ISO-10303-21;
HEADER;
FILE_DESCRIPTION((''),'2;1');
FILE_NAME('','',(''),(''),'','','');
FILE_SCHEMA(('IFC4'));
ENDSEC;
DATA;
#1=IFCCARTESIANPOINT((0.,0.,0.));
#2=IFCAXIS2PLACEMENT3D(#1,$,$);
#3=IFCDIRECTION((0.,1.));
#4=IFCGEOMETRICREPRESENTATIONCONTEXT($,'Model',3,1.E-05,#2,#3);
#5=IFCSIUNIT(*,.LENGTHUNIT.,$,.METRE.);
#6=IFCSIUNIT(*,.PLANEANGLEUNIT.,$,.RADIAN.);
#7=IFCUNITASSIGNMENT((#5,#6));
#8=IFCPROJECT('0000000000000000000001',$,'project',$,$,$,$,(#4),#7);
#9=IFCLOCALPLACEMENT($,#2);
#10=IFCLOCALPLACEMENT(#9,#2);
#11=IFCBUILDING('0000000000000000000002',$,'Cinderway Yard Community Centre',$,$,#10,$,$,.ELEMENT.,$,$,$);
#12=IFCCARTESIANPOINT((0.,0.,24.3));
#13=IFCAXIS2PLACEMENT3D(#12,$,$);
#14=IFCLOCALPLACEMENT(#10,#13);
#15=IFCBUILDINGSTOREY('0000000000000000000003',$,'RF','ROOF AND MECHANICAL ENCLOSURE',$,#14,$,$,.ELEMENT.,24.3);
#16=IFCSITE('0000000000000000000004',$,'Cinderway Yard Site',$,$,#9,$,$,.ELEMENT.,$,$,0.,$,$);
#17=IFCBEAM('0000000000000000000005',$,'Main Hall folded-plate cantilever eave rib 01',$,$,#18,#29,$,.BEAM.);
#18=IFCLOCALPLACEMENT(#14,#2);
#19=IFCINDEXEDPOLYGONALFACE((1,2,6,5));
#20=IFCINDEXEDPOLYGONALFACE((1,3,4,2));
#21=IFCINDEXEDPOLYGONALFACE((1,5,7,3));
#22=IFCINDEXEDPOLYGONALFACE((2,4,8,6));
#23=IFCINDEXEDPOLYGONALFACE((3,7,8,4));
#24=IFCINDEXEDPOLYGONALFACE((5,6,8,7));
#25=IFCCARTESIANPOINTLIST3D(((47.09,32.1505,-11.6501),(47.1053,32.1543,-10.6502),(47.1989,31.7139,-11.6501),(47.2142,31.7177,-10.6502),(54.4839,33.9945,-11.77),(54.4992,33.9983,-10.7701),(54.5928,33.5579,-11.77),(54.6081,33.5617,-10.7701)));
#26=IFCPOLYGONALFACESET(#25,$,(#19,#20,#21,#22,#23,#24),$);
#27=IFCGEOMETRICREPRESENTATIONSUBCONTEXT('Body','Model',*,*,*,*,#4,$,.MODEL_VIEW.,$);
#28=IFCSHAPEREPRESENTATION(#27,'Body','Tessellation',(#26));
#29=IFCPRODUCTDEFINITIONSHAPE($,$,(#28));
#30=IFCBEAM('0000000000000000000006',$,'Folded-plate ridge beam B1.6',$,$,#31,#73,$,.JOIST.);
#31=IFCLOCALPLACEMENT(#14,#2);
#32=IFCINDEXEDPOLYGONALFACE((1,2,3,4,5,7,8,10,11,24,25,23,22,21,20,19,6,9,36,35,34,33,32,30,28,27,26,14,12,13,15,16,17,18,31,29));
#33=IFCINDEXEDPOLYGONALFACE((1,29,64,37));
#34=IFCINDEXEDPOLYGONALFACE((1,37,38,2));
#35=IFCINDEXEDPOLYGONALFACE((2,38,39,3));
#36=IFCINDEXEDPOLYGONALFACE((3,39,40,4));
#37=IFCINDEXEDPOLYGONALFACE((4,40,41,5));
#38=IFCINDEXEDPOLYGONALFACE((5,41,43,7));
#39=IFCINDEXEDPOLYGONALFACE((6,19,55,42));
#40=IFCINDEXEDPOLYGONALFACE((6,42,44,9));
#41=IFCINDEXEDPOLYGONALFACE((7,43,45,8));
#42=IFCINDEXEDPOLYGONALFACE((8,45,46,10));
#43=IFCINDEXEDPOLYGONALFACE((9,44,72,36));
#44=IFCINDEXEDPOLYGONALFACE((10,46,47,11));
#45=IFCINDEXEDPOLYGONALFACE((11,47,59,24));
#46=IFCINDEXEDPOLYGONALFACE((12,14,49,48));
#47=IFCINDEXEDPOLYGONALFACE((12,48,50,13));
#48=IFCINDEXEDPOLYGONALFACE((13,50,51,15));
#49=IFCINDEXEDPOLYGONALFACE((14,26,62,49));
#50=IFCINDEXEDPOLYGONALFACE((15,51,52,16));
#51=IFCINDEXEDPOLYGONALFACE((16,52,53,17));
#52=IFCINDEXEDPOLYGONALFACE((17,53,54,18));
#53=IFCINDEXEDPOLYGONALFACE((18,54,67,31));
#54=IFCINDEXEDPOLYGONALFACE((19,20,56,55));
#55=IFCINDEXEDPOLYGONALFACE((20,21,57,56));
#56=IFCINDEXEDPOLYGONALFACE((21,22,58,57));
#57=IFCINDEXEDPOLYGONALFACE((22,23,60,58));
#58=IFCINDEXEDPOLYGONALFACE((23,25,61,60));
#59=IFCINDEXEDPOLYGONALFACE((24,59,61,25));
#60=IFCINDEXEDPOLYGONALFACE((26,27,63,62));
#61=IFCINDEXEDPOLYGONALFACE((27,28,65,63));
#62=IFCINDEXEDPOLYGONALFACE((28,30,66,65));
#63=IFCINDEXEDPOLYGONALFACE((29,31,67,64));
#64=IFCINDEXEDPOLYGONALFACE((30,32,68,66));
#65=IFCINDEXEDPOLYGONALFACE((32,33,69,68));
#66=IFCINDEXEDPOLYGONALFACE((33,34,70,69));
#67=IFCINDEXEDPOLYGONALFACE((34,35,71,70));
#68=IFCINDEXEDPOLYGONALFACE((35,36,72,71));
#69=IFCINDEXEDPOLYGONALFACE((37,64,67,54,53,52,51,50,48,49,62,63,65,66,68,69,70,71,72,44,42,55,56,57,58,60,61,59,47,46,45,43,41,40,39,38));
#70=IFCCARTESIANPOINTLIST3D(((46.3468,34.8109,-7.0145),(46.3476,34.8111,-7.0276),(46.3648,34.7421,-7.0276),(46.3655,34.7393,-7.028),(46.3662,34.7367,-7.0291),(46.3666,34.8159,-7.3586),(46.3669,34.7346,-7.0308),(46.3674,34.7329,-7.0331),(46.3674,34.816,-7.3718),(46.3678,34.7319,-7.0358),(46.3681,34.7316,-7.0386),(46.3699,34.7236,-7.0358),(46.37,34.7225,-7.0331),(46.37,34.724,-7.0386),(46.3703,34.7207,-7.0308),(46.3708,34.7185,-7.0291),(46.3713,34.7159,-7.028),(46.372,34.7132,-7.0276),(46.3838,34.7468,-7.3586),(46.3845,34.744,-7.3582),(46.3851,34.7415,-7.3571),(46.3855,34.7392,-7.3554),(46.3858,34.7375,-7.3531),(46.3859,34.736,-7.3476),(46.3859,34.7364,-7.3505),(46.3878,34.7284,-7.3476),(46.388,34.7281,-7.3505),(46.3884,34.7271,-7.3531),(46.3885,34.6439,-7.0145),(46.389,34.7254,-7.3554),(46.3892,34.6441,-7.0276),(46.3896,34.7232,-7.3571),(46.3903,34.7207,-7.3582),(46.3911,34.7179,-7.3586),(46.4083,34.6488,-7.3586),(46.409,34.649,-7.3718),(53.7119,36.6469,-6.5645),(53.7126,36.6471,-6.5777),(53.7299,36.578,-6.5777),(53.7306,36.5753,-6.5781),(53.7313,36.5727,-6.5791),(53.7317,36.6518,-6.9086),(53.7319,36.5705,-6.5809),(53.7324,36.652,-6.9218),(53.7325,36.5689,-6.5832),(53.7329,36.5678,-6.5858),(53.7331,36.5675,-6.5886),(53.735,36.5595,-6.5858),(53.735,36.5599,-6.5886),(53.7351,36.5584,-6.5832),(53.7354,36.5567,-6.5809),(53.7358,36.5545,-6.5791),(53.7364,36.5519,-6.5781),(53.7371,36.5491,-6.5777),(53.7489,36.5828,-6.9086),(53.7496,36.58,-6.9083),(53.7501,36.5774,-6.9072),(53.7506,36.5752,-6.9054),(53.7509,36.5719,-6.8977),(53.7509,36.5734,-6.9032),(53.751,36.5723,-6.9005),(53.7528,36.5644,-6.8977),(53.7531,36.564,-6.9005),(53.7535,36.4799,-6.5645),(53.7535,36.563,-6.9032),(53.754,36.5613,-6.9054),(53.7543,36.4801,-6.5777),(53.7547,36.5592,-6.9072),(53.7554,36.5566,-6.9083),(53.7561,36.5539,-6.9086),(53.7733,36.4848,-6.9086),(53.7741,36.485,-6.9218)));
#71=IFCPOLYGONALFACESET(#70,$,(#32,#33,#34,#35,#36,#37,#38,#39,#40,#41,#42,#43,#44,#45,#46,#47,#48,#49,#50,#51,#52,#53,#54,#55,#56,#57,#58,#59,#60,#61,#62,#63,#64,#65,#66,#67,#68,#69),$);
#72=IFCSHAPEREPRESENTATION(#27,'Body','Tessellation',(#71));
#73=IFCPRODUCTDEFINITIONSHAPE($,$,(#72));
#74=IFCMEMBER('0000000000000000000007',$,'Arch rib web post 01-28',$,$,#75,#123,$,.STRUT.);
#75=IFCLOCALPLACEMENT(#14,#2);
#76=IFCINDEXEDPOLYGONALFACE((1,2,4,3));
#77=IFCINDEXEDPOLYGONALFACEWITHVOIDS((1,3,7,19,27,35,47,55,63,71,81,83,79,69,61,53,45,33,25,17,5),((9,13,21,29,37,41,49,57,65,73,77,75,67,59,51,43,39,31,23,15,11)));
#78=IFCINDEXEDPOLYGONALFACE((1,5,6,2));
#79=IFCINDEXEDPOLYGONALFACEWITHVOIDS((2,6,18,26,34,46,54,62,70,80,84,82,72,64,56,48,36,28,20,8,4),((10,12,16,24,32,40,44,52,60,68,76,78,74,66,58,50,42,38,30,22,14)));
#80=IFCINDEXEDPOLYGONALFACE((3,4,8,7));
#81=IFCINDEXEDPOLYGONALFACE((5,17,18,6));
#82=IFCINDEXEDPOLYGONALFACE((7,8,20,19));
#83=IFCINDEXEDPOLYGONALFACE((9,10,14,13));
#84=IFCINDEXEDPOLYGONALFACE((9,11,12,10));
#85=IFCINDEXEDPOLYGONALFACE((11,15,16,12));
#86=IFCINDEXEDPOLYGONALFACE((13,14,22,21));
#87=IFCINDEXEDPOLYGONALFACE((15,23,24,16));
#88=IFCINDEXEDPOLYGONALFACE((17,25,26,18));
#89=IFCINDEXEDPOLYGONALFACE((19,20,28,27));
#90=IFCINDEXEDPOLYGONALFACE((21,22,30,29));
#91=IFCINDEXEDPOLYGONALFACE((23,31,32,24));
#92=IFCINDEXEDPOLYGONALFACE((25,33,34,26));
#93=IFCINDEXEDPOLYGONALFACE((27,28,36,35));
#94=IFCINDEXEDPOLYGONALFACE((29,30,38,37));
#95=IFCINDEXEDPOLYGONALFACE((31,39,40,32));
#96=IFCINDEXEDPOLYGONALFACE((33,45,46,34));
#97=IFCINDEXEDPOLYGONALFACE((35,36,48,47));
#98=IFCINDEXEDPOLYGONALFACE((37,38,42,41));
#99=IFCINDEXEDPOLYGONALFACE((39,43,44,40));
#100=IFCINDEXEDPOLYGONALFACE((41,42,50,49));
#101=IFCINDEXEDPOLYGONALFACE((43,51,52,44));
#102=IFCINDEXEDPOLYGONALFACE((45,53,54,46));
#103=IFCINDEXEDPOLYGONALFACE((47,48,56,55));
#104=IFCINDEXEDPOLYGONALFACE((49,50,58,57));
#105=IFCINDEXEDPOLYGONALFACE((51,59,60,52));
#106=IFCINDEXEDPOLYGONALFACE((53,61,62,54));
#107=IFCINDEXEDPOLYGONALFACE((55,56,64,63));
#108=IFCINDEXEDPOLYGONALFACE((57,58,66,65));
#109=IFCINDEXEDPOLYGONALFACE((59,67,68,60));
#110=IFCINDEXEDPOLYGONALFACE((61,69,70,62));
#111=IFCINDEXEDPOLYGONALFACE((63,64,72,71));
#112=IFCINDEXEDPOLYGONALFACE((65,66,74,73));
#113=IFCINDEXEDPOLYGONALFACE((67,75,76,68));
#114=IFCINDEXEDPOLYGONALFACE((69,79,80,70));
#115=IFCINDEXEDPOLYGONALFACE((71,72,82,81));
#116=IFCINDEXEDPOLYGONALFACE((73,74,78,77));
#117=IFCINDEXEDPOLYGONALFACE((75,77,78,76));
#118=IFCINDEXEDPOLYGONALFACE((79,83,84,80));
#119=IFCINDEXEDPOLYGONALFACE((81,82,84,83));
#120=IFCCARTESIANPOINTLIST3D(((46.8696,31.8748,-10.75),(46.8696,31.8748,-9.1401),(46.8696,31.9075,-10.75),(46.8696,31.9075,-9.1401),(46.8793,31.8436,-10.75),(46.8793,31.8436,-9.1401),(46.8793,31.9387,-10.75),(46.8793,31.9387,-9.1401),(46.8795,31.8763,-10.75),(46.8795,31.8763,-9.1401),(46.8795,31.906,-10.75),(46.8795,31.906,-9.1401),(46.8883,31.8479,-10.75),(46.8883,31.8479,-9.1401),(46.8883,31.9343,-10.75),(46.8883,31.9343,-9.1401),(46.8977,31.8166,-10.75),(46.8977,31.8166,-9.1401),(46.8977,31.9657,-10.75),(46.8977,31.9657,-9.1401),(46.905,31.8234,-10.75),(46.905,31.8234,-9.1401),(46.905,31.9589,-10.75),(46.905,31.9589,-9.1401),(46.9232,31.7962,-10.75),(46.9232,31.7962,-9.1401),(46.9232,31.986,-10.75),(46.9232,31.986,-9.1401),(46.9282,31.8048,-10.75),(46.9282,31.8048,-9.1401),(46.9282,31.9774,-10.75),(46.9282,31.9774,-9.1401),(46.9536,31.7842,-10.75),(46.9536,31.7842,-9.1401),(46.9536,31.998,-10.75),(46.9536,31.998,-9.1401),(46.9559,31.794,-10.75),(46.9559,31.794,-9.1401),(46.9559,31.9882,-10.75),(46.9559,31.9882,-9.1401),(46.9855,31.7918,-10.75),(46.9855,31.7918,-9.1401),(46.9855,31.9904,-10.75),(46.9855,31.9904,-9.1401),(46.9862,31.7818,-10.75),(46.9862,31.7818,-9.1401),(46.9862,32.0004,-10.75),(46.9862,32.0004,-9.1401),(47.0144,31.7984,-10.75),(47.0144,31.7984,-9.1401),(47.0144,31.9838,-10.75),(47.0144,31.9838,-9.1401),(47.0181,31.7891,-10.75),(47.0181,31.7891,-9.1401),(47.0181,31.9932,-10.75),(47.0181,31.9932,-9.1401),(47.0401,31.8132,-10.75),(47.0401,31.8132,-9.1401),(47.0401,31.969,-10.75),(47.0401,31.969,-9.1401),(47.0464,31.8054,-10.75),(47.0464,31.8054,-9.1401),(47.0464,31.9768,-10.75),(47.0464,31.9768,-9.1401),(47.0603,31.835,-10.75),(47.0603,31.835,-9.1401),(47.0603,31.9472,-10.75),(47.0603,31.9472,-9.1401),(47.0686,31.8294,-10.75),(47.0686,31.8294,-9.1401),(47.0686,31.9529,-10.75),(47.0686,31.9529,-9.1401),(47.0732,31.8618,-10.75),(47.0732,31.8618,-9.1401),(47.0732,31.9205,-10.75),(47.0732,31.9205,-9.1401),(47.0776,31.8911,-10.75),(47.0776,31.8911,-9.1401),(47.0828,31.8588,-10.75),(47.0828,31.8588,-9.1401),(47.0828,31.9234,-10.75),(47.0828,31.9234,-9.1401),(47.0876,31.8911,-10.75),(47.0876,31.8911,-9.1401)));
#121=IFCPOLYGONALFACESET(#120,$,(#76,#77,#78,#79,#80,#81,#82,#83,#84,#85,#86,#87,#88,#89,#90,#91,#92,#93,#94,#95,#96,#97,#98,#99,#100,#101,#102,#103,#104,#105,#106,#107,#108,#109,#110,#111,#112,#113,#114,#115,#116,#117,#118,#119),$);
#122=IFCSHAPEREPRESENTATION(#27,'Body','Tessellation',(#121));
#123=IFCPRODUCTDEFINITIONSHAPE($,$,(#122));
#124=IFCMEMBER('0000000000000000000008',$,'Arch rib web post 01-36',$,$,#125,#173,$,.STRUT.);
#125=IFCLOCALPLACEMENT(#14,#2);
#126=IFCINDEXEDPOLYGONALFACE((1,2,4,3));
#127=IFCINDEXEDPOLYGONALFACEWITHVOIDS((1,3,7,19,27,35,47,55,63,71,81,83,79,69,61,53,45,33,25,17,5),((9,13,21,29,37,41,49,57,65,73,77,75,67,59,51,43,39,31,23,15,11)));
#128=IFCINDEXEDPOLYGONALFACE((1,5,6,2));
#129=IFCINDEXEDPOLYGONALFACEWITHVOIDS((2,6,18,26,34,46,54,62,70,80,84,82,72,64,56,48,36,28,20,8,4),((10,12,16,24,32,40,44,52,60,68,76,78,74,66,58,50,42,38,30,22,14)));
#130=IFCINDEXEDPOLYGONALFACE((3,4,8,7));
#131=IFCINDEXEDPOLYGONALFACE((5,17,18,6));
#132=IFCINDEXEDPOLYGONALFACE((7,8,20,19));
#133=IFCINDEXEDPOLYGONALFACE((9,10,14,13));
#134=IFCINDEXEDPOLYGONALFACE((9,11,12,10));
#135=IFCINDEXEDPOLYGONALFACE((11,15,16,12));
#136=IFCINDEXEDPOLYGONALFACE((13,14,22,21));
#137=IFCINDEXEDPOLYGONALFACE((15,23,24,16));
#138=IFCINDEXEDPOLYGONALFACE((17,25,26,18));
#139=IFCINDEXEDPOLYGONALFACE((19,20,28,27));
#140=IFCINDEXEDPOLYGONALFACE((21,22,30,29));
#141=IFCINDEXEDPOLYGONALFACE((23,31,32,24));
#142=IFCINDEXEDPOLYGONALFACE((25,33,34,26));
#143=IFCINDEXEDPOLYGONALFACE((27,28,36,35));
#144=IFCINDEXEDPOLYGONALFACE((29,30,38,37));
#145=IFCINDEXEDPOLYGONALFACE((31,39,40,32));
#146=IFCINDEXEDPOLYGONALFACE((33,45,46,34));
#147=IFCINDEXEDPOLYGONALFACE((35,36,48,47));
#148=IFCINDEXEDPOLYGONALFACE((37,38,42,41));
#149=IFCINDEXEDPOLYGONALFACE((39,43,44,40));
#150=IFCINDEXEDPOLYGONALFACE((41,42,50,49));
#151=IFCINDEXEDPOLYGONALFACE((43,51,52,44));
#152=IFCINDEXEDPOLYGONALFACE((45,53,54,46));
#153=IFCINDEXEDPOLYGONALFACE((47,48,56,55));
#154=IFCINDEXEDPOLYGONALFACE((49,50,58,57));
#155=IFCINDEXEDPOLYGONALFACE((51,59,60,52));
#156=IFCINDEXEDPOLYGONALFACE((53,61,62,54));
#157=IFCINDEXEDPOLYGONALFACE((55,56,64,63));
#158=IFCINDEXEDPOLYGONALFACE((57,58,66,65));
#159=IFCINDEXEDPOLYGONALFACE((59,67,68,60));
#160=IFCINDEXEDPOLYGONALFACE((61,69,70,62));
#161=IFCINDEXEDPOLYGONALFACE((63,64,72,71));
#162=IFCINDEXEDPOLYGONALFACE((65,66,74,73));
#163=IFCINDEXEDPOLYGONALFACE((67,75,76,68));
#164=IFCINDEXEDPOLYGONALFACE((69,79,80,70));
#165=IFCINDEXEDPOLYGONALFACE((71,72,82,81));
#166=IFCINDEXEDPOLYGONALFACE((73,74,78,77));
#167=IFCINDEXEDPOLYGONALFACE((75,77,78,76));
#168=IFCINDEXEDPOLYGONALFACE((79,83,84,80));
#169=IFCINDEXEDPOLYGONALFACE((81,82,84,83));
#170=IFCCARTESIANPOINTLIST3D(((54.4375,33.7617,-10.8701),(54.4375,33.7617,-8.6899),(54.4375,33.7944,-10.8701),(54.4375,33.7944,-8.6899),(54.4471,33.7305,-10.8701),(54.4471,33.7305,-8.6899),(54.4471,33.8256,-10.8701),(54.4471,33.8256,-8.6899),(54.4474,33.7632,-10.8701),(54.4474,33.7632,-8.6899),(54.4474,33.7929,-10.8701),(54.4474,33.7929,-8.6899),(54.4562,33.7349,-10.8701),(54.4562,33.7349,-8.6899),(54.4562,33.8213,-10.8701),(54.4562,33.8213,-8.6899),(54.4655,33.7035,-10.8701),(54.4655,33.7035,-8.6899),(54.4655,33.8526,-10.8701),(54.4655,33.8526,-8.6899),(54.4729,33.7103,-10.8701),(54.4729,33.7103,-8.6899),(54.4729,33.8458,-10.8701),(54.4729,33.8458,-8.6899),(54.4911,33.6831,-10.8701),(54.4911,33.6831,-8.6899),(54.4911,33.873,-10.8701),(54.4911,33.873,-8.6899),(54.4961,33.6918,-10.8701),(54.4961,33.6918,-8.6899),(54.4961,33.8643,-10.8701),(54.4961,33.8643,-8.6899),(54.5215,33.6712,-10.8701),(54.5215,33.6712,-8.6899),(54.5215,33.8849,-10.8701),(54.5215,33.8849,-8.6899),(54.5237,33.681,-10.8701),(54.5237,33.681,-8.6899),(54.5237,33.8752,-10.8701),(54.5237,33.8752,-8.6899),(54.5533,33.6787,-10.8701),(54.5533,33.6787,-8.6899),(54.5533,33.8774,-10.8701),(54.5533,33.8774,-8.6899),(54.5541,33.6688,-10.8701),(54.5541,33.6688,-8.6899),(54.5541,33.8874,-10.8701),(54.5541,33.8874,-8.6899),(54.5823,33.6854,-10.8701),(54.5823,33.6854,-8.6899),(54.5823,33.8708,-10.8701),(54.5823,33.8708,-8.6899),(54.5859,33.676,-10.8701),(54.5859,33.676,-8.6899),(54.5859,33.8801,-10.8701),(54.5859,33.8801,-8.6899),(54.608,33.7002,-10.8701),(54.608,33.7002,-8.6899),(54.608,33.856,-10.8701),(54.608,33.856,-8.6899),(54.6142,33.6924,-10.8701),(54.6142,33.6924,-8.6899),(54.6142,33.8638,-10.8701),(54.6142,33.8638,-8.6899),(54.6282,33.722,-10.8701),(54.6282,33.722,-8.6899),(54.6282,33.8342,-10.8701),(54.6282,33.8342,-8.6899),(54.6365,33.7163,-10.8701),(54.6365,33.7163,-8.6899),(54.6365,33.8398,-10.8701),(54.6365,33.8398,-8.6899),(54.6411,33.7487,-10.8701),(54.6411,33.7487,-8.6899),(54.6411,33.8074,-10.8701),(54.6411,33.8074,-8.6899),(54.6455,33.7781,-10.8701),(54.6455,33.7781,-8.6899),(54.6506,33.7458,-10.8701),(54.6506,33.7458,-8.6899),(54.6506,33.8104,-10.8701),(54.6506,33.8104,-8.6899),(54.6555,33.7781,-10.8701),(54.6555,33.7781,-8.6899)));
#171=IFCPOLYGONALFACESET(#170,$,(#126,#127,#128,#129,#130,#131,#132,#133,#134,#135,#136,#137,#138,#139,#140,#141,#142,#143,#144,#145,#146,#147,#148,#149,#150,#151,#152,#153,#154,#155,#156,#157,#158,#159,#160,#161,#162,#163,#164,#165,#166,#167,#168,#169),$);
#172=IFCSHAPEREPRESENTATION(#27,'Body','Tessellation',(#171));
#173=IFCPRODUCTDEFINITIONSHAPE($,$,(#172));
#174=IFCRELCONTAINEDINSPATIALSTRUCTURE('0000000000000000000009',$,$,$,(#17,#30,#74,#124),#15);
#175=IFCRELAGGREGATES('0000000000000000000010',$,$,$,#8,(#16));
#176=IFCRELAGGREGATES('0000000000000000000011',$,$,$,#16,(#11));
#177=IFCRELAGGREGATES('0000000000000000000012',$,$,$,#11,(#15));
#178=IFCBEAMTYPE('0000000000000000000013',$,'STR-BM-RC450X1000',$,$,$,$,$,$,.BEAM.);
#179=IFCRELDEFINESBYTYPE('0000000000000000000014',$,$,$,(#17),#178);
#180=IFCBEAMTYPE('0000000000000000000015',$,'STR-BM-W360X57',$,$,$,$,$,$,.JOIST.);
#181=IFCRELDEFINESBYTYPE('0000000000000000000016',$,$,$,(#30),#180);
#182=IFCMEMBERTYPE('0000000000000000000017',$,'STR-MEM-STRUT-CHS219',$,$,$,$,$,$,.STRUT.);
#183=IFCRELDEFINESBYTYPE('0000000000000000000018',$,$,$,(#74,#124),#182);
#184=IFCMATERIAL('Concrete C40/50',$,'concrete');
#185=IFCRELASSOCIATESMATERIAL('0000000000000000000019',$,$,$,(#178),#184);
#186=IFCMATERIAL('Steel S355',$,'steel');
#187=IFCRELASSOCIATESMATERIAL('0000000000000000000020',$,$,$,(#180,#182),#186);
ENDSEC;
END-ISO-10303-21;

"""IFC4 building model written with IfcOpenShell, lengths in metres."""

from ifc_helpers import new_model, si_unit, direction, frame, origin, origin_2d, place, context, subcontext, project, spatial, rectangle, hollow_circle, i_section, extrude, material, material_profile, profile_set, type_object, element, save


model = new_model("IFC4")

# Units and contexts
model_context = context("Model", 3, precision=1e-05, world=origin(), true_north=direction((0.0, 1.0)))
body_context = subcontext(model_context, "Body", "Model", "MODEL_VIEW")
ifc_project = project(units=[si_unit("LENGTHUNIT", "METRE"), si_unit("PLANEANGLEUNIT", "RADIAN")], contexts=[model_context])

# Site, building, storey
site_placement = place(None, origin())
site = spatial("IfcSite", under=ifc_project, at=site_placement, Name="Cinderway Yard Site", CompositionType="ELEMENT", RefElevation=0.0)
building_placement = place(site_placement, origin())
building = spatial("IfcBuilding", under=site, at=building_placement, Name="Cinderway Yard Community Centre", CompositionType="ELEMENT")
storey_placement = place(building_placement, frame((0.0, 0.0, 24.3)))
storey = spatial("IfcBuildingStorey", under=building, at=storey_placement, Name="RF", Description="ROOF AND MECHANICAL ENCLOSURE", CompositionType="ELEMENT", Elevation=24.3)

# Shared definitions
ifc_material_1 = material(Name="Steel S355", Category="steel")

# Beams
ifc_material_2 = material(Name="Concrete C40/50", Category="concrete")
ifc_material_profile_1 = material_profile(ifc_material_2, rectangle(XDim=0.45, YDim=1.0, at=origin_2d()), Name="Concrete C40/50")
ifc_profile_set_1 = profile_set([ifc_material_profile_1], Name="Concrete C40/50")
beam_type_1 = type_object("IfcBeamType", Name="STR-BM-RC450X1000", PredefinedType="BEAM", material=ifc_profile_set_1)
beam_1_placement = place(storey_placement, frame((47.1521, 31.9341, -11.1501), z_axis=(0.97016, 0.241955, -0.015729), x_axis=(-0.241985, 0.97028, 0.0)))
element("IfcBeam", 1, at=beam_1_placement, inside=storey, type_object=beam_type_1, Name="Main Hall folded-plate cantilever eave rib 01", PredefinedType="BEAM", context=body_context, shape_type="SweptSolid", body=[
    extrude(rectangle(XDim=0.45, YDim=1.0, at=origin_2d()), origin(), (0.0, 0.0, 1.0), 7.6213),
])
ifc_material_profile_2 = material_profile(ifc_material_1, i_section(OverallWidth=0.1721, OverallDepth=0.3579, WebThickness=0.0078, FlangeThickness=0.0132, FilletRadius=0.011, at=origin_2d()), Name="Steel S355")
ifc_profile_set_2 = profile_set([ifc_material_profile_2], Name="Steel S355")
beam_type_2 = type_object("IfcBeamType", Name="STR-BM-W360X57", PredefinedType="JOIST", material=ifc_profile_set_2)
beam_2_placement = place(storey_placement, frame((46.3779, 34.73, -7.1931), z_axis=(0.968607, 0.241453, 0.059175), x_axis=(-0.241877, 0.970307, 0.0)))
element("IfcBeam", 2, at=beam_2_placement, inside=storey, type_object=beam_type_2, Name="Folded-plate ridge beam B1.6", PredefinedType="JOIST", context=body_context, shape_type="SweptSolid", body=[
    extrude(i_section(OverallWidth=0.1721, OverallDepth=0.3579, WebThickness=0.0078, FlangeThickness=0.0132, FilletRadius=0.011, at=origin_2d()), origin(), (0.0, 0.0, 1.0), 7.6038),
])

# Members
ifc_material_profile_3 = material_profile(ifc_material_1, hollow_circle(Radius=0.1096, WallThickness=0.01, at=origin_2d()), Name="Steel S355")
ifc_profile_set_3 = profile_set([ifc_material_profile_3], Name="Steel S355")
member_type_1 = type_object("IfcMemberType", Name="STR-MEM-STRUT-CHS219", PredefinedType="STRUT", material=ifc_profile_set_3)
member_1_placement = place(storey_placement, frame((46.978, 31.8911, -10.75), z_axis=(0.0, 0.0, 1.0), x_axis=(1.0, 0.0, 0.0)))
element("IfcMember", 3, at=member_1_placement, inside=storey, type_object=member_type_1, Name="Arch rib web post 01-28", PredefinedType="STRUT", context=body_context, shape_type="SweptSolid", body=[
    extrude(hollow_circle(Radius=0.1096, WallThickness=0.01, at=origin_2d()), origin(), (0.0, 0.0, 1.0), 1.6099),
])
member_2_placement = place(storey_placement, frame((54.5459, 33.7781, -10.8701), z_axis=(0.0, 0.0, 1.0), x_axis=(1.0, 0.0, 0.0)))
element("IfcMember", 4, at=member_2_placement, inside=storey, type_object=member_type_1, Name="Arch rib web post 01-36", PredefinedType="STRUT", context=body_context, shape_type="SweptSolid", body=[
    extrude(hollow_circle(Radius=0.1096, WallThickness=0.01, at=origin_2d()), origin(), (0.0, 0.0, 1.0), 2.1802),
])

save(model, "model.ifc")
